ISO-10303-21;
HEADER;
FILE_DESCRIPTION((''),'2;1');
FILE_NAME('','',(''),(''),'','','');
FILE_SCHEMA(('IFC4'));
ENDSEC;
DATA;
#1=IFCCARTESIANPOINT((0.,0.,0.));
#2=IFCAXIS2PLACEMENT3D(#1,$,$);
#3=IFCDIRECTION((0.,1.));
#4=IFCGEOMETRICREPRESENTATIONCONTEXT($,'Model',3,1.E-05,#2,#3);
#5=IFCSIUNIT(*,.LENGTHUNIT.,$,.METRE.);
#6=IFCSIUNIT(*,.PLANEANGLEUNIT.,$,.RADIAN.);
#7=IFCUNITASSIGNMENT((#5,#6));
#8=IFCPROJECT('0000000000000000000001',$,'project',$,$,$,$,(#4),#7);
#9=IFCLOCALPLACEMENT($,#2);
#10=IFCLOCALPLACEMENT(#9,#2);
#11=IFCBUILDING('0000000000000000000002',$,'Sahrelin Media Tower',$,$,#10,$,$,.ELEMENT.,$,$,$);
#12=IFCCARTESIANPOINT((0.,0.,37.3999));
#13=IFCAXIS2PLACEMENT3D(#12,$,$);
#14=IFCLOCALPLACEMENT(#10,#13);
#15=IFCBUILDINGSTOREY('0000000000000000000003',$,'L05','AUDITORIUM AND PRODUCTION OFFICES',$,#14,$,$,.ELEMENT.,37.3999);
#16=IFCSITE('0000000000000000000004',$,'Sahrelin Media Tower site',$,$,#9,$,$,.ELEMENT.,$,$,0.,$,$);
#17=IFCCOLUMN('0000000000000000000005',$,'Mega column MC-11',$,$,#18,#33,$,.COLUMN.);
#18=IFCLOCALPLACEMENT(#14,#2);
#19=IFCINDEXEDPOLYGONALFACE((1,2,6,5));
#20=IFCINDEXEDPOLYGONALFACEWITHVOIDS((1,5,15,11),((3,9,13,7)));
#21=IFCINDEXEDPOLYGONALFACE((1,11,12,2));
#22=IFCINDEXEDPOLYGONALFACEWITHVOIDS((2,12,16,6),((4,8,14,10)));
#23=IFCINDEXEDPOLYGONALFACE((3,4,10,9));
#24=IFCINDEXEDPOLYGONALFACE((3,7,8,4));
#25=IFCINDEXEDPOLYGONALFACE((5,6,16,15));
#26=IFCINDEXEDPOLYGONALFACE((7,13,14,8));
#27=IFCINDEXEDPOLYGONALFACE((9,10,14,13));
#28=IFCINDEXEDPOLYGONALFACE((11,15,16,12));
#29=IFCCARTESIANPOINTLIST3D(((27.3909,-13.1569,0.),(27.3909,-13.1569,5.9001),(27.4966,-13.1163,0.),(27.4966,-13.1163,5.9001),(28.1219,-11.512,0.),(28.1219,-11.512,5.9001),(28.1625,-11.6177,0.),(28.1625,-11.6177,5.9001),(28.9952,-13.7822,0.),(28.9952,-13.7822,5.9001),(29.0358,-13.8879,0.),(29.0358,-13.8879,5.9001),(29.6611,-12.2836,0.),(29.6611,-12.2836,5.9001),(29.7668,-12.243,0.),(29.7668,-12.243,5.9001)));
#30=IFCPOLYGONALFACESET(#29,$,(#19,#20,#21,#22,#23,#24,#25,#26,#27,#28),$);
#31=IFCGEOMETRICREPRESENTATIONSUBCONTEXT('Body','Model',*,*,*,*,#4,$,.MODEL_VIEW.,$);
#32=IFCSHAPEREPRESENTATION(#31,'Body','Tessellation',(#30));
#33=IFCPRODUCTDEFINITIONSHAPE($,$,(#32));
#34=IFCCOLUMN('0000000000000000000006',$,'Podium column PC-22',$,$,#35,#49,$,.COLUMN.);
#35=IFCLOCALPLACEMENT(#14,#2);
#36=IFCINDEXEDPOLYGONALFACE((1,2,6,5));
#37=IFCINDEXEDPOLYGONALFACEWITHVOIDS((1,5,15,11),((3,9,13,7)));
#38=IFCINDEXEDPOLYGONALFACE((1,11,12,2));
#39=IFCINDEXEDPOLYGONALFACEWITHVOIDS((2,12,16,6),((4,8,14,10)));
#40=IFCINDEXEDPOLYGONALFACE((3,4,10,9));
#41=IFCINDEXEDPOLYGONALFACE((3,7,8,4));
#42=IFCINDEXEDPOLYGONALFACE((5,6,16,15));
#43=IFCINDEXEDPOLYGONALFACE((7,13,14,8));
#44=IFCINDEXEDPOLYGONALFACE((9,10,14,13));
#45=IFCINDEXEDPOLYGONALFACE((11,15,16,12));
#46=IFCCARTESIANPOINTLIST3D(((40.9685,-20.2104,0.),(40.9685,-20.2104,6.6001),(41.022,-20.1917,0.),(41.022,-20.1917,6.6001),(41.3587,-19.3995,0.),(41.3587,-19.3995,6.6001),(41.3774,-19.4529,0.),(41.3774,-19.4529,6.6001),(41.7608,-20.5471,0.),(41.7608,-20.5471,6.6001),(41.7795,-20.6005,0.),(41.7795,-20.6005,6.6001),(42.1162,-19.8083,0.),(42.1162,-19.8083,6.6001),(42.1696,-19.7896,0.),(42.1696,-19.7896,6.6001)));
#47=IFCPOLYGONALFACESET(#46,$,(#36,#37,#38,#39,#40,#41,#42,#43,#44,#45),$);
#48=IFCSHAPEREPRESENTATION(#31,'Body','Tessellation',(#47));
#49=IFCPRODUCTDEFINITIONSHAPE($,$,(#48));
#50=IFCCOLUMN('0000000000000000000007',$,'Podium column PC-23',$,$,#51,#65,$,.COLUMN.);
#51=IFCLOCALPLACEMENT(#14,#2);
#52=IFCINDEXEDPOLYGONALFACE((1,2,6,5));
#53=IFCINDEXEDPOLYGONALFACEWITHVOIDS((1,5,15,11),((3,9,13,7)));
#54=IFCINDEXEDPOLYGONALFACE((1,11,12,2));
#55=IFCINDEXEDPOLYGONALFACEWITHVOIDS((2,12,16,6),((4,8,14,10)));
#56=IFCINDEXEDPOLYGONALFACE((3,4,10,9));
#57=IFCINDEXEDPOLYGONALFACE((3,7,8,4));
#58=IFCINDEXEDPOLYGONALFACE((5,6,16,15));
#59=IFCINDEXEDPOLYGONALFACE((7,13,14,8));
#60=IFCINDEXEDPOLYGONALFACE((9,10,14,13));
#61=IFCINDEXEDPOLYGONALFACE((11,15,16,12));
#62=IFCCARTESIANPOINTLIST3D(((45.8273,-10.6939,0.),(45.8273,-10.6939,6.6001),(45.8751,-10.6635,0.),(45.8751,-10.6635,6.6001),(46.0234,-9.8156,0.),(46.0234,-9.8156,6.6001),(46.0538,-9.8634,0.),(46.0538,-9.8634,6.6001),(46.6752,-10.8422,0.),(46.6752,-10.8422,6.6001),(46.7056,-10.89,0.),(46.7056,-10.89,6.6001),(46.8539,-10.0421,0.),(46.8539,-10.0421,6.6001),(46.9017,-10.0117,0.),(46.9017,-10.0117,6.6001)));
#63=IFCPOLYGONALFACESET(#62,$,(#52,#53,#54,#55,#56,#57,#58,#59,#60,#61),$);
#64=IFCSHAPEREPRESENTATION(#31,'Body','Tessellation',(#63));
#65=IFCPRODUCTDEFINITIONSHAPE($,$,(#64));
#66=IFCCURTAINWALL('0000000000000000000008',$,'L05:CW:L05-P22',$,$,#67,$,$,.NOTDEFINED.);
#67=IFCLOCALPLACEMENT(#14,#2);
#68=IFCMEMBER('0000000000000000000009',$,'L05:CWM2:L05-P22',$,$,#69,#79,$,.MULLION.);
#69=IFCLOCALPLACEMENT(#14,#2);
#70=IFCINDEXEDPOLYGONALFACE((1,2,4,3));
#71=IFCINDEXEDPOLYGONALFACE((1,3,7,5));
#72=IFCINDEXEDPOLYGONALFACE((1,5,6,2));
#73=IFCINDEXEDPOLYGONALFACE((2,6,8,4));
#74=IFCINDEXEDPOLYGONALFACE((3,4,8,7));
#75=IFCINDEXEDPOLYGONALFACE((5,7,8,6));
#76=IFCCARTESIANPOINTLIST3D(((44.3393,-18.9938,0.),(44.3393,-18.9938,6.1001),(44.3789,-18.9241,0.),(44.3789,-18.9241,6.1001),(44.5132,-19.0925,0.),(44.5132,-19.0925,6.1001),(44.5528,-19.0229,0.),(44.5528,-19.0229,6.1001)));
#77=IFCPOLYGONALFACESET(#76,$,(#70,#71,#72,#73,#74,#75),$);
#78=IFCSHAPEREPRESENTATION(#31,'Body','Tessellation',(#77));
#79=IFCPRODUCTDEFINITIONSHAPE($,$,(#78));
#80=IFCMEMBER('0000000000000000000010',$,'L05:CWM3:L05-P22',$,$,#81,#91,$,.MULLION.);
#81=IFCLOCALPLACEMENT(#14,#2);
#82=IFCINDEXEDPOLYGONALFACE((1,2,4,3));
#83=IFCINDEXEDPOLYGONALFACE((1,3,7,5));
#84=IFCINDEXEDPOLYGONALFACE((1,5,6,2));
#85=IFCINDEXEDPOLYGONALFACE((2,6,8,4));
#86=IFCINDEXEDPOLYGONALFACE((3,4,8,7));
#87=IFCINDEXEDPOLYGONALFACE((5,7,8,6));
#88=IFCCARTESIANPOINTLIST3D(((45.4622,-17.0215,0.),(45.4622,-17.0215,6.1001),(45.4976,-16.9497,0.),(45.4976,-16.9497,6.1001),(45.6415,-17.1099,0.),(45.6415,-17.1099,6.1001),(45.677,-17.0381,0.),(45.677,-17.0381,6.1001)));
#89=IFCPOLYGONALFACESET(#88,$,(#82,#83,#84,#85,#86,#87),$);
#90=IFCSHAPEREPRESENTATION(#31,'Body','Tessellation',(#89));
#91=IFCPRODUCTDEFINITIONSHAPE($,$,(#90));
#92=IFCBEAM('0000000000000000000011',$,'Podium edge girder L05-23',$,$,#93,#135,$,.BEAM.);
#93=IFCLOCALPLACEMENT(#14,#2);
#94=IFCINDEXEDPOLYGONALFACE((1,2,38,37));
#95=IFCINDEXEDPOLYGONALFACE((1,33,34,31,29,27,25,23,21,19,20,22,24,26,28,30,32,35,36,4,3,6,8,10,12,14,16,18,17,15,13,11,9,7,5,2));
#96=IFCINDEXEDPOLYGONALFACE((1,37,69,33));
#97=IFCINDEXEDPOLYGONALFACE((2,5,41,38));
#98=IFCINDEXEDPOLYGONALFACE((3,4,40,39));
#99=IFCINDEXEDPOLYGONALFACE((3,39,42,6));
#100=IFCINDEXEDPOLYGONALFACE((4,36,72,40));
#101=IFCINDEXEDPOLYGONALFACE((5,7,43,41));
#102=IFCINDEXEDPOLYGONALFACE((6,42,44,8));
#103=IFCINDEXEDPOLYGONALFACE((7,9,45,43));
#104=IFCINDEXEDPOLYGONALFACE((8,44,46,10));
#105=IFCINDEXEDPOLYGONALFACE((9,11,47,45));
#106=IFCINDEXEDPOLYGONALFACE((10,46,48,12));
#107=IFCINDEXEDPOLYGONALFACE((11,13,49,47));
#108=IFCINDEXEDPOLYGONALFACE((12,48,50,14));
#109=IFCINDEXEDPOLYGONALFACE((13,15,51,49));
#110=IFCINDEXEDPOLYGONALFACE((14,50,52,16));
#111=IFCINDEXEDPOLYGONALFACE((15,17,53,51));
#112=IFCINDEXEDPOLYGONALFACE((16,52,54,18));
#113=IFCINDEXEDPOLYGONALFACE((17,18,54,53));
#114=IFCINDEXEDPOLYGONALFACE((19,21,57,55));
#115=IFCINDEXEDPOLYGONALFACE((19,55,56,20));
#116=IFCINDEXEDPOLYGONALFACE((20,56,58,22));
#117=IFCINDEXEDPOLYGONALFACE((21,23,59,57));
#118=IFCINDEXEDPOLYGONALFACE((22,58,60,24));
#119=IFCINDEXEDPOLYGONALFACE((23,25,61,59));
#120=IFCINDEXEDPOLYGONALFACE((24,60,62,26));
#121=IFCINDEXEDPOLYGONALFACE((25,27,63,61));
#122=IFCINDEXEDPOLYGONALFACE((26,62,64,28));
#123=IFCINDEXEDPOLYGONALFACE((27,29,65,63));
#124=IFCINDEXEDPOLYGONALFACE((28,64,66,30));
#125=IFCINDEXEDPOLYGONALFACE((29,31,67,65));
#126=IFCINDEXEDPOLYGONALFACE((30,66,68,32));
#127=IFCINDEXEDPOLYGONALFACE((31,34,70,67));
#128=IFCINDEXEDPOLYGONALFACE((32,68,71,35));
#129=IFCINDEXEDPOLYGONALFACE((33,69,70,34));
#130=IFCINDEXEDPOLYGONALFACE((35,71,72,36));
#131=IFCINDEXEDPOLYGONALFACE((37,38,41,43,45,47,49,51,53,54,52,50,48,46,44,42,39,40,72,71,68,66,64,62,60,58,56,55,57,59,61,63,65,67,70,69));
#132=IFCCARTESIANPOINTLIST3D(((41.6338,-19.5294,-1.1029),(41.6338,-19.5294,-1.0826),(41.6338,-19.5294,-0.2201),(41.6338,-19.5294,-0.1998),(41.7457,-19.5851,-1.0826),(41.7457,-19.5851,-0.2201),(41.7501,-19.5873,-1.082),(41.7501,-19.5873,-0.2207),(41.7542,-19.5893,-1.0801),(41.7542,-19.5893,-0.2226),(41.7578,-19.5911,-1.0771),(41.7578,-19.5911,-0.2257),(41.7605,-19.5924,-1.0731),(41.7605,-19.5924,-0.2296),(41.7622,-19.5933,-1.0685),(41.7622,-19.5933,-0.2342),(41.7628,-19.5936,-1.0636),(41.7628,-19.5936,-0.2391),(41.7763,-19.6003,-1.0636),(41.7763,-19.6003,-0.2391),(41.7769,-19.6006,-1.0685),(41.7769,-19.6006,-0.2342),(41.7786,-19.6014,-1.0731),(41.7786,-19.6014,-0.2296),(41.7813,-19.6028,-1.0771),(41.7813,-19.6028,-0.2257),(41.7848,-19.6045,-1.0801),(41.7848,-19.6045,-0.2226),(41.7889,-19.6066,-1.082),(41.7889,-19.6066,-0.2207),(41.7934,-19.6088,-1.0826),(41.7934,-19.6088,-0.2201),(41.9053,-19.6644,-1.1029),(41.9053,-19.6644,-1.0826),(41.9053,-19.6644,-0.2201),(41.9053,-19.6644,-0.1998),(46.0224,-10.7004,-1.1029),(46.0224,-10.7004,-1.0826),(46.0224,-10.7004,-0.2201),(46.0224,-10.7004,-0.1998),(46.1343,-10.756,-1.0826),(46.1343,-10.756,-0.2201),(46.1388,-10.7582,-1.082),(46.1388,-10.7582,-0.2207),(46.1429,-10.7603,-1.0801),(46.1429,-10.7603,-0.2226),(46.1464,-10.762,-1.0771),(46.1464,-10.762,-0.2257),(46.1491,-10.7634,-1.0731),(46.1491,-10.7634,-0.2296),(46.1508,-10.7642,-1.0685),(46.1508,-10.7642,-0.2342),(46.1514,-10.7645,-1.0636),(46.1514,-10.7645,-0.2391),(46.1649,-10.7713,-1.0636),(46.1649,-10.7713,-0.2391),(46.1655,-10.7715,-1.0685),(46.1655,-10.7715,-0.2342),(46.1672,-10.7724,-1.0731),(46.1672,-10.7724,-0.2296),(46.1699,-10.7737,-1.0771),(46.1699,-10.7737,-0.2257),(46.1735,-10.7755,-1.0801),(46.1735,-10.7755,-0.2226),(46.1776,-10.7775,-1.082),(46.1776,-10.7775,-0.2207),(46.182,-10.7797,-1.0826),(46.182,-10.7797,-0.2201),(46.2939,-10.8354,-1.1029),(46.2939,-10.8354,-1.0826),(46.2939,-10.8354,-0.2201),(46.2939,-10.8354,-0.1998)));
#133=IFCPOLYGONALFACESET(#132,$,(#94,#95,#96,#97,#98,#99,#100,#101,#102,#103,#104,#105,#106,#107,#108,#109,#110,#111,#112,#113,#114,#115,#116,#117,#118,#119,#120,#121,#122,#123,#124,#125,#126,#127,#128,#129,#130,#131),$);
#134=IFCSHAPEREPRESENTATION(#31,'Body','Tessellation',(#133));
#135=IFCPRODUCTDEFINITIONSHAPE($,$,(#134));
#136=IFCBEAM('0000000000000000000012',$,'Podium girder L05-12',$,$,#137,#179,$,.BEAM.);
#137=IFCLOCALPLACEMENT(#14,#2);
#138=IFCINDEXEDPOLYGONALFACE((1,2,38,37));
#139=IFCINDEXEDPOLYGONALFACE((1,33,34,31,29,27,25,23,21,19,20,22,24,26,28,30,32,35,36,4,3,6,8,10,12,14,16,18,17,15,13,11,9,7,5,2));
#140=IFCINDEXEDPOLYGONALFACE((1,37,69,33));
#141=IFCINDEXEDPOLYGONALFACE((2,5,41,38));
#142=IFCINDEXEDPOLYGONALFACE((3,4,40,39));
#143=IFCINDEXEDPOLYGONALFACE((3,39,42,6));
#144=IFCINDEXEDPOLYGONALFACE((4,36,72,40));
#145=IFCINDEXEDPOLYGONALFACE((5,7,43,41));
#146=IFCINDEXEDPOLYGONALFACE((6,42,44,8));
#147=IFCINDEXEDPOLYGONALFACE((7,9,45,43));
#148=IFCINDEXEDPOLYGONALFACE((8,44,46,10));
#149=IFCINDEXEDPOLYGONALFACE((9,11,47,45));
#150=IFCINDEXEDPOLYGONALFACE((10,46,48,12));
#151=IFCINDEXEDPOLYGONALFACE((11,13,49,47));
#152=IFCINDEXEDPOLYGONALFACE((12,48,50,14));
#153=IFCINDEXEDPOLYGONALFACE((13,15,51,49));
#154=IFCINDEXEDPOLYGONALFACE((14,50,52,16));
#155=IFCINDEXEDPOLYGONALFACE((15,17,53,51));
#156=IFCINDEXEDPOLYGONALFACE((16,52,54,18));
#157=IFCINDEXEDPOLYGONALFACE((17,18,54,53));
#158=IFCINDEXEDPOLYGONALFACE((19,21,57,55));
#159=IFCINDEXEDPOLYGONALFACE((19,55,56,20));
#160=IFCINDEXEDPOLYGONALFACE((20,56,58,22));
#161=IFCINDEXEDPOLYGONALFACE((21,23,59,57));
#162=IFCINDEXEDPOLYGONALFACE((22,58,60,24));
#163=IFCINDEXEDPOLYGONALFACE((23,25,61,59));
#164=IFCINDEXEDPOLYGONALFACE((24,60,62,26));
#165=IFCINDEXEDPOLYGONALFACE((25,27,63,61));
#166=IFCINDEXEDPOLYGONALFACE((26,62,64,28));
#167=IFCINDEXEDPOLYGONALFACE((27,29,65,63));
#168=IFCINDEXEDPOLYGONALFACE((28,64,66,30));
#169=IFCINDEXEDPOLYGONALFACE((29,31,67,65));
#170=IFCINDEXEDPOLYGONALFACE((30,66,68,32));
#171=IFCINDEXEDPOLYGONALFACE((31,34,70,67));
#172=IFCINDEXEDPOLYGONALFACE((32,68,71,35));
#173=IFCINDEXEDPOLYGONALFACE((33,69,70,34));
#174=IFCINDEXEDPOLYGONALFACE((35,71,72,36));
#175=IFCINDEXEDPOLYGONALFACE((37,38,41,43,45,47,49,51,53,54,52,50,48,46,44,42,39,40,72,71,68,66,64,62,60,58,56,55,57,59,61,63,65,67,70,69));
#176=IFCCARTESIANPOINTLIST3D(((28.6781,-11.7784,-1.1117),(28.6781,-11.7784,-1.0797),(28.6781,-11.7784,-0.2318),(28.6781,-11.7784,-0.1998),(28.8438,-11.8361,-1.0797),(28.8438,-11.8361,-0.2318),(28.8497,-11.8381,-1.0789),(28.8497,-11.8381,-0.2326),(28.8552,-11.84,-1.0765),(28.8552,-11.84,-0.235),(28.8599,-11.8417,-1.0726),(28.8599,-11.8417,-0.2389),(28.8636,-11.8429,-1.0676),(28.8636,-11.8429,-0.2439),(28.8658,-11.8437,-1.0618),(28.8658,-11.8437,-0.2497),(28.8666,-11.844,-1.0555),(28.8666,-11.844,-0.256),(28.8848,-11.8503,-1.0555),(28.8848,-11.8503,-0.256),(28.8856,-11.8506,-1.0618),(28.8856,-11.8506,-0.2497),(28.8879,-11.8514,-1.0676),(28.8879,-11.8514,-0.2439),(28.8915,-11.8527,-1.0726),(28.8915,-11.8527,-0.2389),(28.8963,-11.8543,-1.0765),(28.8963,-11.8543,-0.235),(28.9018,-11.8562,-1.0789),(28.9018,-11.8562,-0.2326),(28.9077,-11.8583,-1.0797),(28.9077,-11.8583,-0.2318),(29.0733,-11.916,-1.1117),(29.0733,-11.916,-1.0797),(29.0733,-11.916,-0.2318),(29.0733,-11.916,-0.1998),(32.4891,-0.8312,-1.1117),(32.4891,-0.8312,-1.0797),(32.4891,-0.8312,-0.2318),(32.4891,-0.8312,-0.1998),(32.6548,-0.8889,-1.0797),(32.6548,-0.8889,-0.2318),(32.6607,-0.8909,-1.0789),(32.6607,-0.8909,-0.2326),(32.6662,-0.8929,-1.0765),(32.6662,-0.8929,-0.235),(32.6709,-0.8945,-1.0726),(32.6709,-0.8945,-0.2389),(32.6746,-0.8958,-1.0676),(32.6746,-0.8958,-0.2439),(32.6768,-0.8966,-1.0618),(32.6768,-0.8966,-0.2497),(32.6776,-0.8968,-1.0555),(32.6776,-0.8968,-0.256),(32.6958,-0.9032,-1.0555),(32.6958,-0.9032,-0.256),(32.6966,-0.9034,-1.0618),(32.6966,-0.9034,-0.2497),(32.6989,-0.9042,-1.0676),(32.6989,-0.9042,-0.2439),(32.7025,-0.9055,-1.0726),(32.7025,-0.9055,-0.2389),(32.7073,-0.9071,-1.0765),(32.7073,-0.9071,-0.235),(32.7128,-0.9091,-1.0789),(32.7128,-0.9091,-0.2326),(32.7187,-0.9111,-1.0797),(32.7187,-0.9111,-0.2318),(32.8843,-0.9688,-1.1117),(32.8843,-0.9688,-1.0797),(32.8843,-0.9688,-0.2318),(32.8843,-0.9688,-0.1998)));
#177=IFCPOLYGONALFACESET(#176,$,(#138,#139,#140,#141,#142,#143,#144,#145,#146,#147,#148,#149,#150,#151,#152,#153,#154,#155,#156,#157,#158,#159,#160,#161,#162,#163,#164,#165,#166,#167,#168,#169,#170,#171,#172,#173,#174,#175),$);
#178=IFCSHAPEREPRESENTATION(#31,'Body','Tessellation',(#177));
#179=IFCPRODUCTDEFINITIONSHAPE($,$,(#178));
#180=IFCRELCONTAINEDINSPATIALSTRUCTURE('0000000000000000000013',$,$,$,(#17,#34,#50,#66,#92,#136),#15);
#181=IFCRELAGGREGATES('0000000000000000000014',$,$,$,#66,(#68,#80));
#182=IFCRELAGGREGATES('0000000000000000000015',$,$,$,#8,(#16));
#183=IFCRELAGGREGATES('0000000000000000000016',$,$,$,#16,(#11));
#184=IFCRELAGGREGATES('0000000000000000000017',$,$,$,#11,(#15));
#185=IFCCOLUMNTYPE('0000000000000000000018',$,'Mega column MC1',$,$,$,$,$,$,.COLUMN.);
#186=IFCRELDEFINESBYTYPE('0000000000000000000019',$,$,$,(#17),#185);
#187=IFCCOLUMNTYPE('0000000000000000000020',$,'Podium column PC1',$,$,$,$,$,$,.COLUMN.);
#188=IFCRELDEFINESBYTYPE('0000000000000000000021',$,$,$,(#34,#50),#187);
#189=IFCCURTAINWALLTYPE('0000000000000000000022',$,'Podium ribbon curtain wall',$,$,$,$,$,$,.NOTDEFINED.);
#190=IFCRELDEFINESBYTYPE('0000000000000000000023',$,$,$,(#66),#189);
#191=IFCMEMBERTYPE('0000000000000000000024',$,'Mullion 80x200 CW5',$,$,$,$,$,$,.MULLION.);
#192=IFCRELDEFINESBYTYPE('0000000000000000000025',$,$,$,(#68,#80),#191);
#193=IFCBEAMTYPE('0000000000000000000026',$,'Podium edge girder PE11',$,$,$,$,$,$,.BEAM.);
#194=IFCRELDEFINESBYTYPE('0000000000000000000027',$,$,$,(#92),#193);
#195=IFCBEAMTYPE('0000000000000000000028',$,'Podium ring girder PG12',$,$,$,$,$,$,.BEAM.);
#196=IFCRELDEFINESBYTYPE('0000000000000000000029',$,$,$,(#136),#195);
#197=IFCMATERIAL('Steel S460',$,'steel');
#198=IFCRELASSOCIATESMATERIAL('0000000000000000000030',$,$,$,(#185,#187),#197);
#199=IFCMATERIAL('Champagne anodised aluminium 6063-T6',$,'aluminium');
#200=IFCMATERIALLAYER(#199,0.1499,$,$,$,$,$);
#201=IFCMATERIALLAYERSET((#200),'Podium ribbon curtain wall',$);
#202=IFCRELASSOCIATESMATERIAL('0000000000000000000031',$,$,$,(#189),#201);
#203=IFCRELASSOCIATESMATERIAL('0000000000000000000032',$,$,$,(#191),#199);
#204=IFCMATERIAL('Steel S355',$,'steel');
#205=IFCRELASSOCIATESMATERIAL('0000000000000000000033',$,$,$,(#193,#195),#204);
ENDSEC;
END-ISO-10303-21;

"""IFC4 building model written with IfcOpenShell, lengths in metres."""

from ifc_helpers import new_model, si_unit, direction, frame, origin, origin_2d, place, context, subcontext, project, spatial, rectangle, hollow_rectangle, i_section, extrude, material, layer, layer_set, material_profile, profile_set, type_object, element, aggregate, save


model = new_model("IFC4")

# Units and contexts
model_context = context("Model", 3, precision=1e-05, world=origin(), true_north=direction((0.0, 1.0)))
body_context = subcontext(model_context, "Body", "Model", "MODEL_VIEW")
ifc_project = project(units=[si_unit("LENGTHUNIT", "METRE"), si_unit("PLANEANGLEUNIT", "RADIAN")], contexts=[model_context])

# Site, building, storey
site_placement = place(None, origin())
site = spatial("IfcSite", under=ifc_project, at=site_placement, Name="Sahrelin Media Tower site", CompositionType="ELEMENT", RefElevation=0.0)
building_placement = place(site_placement, origin())
building = spatial("IfcBuilding", under=site, at=building_placement, Name="Sahrelin Media Tower", CompositionType="ELEMENT")
storey_placement = place(building_placement, frame((0.0, 0.0, 37.3999)))
storey = spatial("IfcBuildingStorey", under=building, at=storey_placement, Name="L05", Description="AUDITORIUM AND PRODUCTION OFFICES", CompositionType="ELEMENT", Elevation=37.3999)

# Columns
ifc_material_1 = material(Name="Steel S460", Category="steel")
ifc_material_profile_1 = material_profile(ifc_material_1, hollow_rectangle(XDim=1.8, YDim=1.8, WallThickness=0.0801, at=origin_2d()), Name="Mega column MC1")
ifc_profile_set_1 = profile_set([ifc_material_profile_1], Name="Steel S460")
column_type_1 = type_object("IfcColumnType", Name="Mega column MC1", PredefinedType="COLUMN", material=ifc_profile_set_1)
column_placement = place(storey_placement, frame((28.5789, -12.7, 0.0), z_axis=(0.0, 0.0, 1.0), x_axis=(0.913831, -0.406094, 0.0)))
element("IfcColumn", 1, at=column_placement, inside=storey, type_object=column_type_1, Name="Mega column MC-11", PredefinedType="COLUMN", context=body_context, shape_type="SweptSolid", body=[
    extrude(hollow_rectangle(XDim=1.8, YDim=1.8, WallThickness=0.0801, at=origin_2d()), origin(), (0.0, 0.0, 1.0), 5.9001),
])
ifc_material_profile_2 = material_profile(ifc_material_1, hollow_rectangle(XDim=0.8999, YDim=0.8999, WallThickness=0.04, at=origin_2d()), Name="Podium column PC1")
ifc_profile_set_2 = profile_set([ifc_material_profile_2], Name="Steel S460")
column_type_2 = type_object("IfcColumnType", Name="Podium column PC1", PredefinedType="COLUMN", material=ifc_profile_set_2)
for number, where, z_axis, x_axis, name in (
    (2, (41.5691, -20.0, 0.0), (0.0, 0.0, 1.0), (0.901127, -0.433555, 0.0), "Podium column PC-22"),
    (3, (46.3645, -10.3528, 0.0), (0.0, 0.0, 1.0), (0.975965, -0.217925, 0.0), "Podium column PC-23"),
):
    element("IfcColumn", number, at=place(storey_placement, frame(where, z_axis=z_axis, x_axis=x_axis)), inside=storey, type_object=column_type_2, Name=name, PredefinedType="COLUMN", context=body_context, shape_type="SweptSolid", body=[
        extrude(hollow_rectangle(XDim=0.8999, YDim=0.8999, WallThickness=0.04, at=origin_2d()), origin(), (0.0, 0.0, 1.0), 6.6001),
    ])

# Curtain wall, members
ifc_material_2 = material(Name="Champagne anodised aluminium 6063-T6", Category="aluminium")
ifc_layer_1 = layer(ifc_material_2, 0.1499)
ifc_layer_set_1 = layer_set([ifc_layer_1], Name="Podium ribbon curtain wall")
curtain_wall_type = type_object("IfcCurtainWallType", Name="Podium ribbon curtain wall", PredefinedType="NOTDEFINED", material=ifc_layer_set_1)
curtain_wall_placement = place(storey_placement, frame((43.3013, -21.0, 0.0), z_axis=(0.0, 0.0, 1.0), x_axis=(1.0, 0.0, 0.0)))
curtain_wall = element("IfcCurtainWall", 4, at=curtain_wall_placement, inside=storey, type_object=curtain_wall_type, Name="L05:CW:L05-P22", PredefinedType="NOTDEFINED")
ifc_material_profile_3 = material_profile(ifc_material_2, rectangle(XDim=0.0801, YDim=0.2, at=origin_2d()), Name="Mullion 80x200")
ifc_profile_set_3 = profile_set([ifc_material_profile_3], Name="Champagne anodised aluminium 6063-T6")
member_type_1 = type_object("IfcMemberType", Name="Mullion 80x200 CW5", PredefinedType="MULLION", material=ifc_profile_set_3)
member_1_placement = place(storey_placement, frame((44.446, -19.0083, 0.0), z_axis=(0.0, 0.0, 1.0), x_axis=(0.493787, 0.869583, 0.0)))
member_1 = element("IfcMember", 5, at=member_1_placement, type_object=member_type_1, Name="L05:CWM2:L05-P22", PredefinedType="MULLION", context=body_context, shape_type="SweptSolid", body=[
    extrude(rectangle(XDim=0.0801, YDim=0.2, at=origin_2d()), origin(), (0.0, 0.0, 1.0), 6.1001),
])
member_2_placement = place(storey_placement, frame((45.5696, -17.0298, 0.0), z_axis=(0.0, 0.0, 1.0), x_axis=(0.442262, 0.896886, 0.0)))
member_2 = element("IfcMember", 6, at=member_2_placement, type_object=member_type_1, Name="L05:CWM3:L05-P22", PredefinedType="MULLION", context=body_context, shape_type="SweptSolid", body=[
    extrude(rectangle(XDim=0.0801, YDim=0.2, at=origin_2d()), origin(), (0.0, 0.0, 1.0), 6.1001),
])

# Beams
ifc_material_3 = material(Name="Steel S355", Category="steel")
ifc_material_profile_4 = material_profile(ifc_material_3, i_section(OverallWidth=0.3032, OverallDepth=0.9031, WebThickness=0.0151, FlangeThickness=0.0203, FilletRadius=0.019, at=origin_2d()), Name="UB 914x305x201")
ifc_profile_set_4 = profile_set([ifc_material_profile_4], Name="Steel S355")
beam_type_1 = type_object("IfcBeamType", Name="Podium edge girder PE11", PredefinedType="BEAM", material=ifc_profile_set_4)
beam_1_placement = place(storey_placement, frame((41.7695, -19.5969, -0.6514), z_axis=(0.445113, 0.895475, 0.0), x_axis=(-0.895475, 0.445113, 0.0)))
element("IfcBeam", 7, at=beam_1_placement, inside=storey, type_object=beam_type_1, Name="Podium edge girder L05-23", PredefinedType="BEAM", context=body_context, shape_type="SweptSolid", body=[
    extrude(i_section(OverallWidth=0.3032, OverallDepth=0.9031, WebThickness=0.0151, FlangeThickness=0.0203, FilletRadius=0.019, at=origin_2d()), origin(), (0.0, 0.0, 1.0), 9.8596),
])
ifc_material_profile_5 = material_profile(ifc_material_3, i_section(OverallWidth=0.4185, OverallDepth=0.9119, WebThickness=0.0193, FlangeThickness=0.032, FilletRadius=0.0242, at=origin_2d()), Name="UB 914x419x343")
ifc_profile_set_5 = profile_set([ifc_material_profile_5], Name="Steel S355")
beam_type_2 = type_object("IfcBeamType", Name="Podium ring girder PG12", PredefinedType="BEAM", material=ifc_profile_set_5)
beam_2_placement = place(storey_placement, frame((28.8757, -11.8472, -0.6558), z_axis=(0.328774, 0.944409, 0.0), x_axis=(-0.944409, 0.328774, 0.0)))
element("IfcBeam", 8, at=beam_2_placement, inside=storey, type_object=beam_type_2, Name="Podium girder L05-12", PredefinedType="BEAM", context=body_context, shape_type="SweptSolid", body=[
    extrude(i_section(OverallWidth=0.4185, OverallDepth=0.9119, WebThickness=0.0193, FlangeThickness=0.032, FilletRadius=0.0242, at=origin_2d()), origin(), (0.0, 0.0, 1.0), 11.5916),
])

aggregate(curtain_wall, [member_1, member_2])

save(model, "model.ifc")
